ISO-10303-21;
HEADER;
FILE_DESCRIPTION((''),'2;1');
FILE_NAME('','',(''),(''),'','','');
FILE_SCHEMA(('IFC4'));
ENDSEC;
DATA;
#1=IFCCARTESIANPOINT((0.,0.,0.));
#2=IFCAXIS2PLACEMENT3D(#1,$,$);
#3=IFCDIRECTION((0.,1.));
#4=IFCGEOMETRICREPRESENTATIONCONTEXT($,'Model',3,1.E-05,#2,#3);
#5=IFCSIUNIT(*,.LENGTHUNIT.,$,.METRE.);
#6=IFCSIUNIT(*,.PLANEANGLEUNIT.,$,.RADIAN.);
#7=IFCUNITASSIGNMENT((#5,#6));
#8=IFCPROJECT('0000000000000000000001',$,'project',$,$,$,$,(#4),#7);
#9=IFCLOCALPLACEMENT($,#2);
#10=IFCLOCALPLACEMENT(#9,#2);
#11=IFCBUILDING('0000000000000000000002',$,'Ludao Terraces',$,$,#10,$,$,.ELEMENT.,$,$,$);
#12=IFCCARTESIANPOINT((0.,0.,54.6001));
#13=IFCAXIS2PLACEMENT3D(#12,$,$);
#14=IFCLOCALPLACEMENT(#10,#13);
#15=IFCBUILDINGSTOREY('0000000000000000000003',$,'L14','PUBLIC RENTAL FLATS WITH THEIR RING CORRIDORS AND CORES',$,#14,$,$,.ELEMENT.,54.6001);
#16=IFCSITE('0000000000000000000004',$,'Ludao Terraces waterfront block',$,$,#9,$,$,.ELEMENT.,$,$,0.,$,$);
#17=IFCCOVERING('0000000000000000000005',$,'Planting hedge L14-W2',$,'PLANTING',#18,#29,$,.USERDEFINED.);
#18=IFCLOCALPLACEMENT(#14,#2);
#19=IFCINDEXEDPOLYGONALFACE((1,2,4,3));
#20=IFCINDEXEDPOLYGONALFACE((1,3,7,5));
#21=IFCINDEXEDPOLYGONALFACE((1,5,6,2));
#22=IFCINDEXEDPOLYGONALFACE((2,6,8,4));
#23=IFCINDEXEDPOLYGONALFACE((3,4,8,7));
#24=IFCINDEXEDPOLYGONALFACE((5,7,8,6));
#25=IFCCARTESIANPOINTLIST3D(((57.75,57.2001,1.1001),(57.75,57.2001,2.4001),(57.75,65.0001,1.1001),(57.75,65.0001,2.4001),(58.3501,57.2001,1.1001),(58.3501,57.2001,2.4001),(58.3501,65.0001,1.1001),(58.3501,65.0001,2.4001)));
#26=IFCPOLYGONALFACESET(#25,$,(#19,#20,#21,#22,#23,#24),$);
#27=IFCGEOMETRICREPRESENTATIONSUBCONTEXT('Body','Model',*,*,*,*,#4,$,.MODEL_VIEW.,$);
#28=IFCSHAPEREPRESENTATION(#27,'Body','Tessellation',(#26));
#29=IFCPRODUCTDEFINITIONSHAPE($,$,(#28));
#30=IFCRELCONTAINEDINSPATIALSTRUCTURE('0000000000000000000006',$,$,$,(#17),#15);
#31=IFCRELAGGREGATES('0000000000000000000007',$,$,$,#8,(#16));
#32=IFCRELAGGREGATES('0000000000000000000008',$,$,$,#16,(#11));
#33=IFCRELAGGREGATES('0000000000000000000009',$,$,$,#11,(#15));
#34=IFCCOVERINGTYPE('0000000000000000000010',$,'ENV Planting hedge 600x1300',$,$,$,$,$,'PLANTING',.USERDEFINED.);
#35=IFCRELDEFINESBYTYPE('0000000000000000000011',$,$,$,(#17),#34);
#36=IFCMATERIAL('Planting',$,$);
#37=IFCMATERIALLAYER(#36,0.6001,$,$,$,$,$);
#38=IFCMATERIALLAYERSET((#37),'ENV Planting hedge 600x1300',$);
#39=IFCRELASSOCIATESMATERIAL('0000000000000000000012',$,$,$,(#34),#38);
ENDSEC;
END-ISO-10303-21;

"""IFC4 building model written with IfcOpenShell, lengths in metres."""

from ifc_helpers import new_model, si_unit, direction, frame, origin, origin_2d, place, context, subcontext, project, spatial, rectangle, extrude, material, layer, layer_set, type_object, element, save


model = new_model("IFC4")

# Units and contexts
model_context = context("Model", 3, precision=1e-05, world=origin(), true_north=direction((0.0, 1.0)))
body_context = subcontext(model_context, "Body", "Model", "MODEL_VIEW")
ifc_project = project(units=[si_unit("LENGTHUNIT", "METRE"), si_unit("PLANEANGLEUNIT", "RADIAN")], contexts=[model_context])

# Site, building, storey
site_placement = place(None, origin())
site = spatial("IfcSite", under=ifc_project, at=site_placement, Name="Ludao Terraces waterfront block", CompositionType="ELEMENT", RefElevation=0.0)
building_placement = place(site_placement, origin())
building = spatial("IfcBuilding", under=site, at=building_placement, Name="Ludao Terraces", CompositionType="ELEMENT")
storey_placement = place(building_placement, frame((0.0, 0.0, 54.6001)))
storey = spatial("IfcBuildingStorey", under=building, at=storey_placement, Name="L14", Description="PUBLIC RENTAL FLATS WITH THEIR RING CORRIDORS AND CORES", CompositionType="ELEMENT", Elevation=54.6001)

# Covering
ifc_material_1 = material(Name="Planting")
ifc_layer_1 = layer(ifc_material_1, 0.6001)
ifc_layer_set_1 = layer_set([ifc_layer_1], Name="ENV Planting hedge 600x1300")
covering_type = type_object("IfcCoveringType", Name="ENV Planting hedge 600x1300", ElementType="PLANTING", PredefinedType="USERDEFINED", material=ifc_layer_set_1)
covering_placement = place(storey_placement, frame((58.05, 61.1001, 1.1001), z_axis=(0.0, 0.0, 1.0), x_axis=(1.0, 0.0, 0.0)))
element("IfcCovering", 1, at=covering_placement, inside=storey, type_object=covering_type, Name="Planting hedge L14-W2", ObjectType="PLANTING", PredefinedType="USERDEFINED", context=body_context, shape_type="SweptSolid", body=[
    extrude(rectangle(XDim=0.6001, YDim=7.8, at=origin_2d()), origin(), (0.0, 0.0, 1.0), 1.3),
])

save(model, "model.ifc")
